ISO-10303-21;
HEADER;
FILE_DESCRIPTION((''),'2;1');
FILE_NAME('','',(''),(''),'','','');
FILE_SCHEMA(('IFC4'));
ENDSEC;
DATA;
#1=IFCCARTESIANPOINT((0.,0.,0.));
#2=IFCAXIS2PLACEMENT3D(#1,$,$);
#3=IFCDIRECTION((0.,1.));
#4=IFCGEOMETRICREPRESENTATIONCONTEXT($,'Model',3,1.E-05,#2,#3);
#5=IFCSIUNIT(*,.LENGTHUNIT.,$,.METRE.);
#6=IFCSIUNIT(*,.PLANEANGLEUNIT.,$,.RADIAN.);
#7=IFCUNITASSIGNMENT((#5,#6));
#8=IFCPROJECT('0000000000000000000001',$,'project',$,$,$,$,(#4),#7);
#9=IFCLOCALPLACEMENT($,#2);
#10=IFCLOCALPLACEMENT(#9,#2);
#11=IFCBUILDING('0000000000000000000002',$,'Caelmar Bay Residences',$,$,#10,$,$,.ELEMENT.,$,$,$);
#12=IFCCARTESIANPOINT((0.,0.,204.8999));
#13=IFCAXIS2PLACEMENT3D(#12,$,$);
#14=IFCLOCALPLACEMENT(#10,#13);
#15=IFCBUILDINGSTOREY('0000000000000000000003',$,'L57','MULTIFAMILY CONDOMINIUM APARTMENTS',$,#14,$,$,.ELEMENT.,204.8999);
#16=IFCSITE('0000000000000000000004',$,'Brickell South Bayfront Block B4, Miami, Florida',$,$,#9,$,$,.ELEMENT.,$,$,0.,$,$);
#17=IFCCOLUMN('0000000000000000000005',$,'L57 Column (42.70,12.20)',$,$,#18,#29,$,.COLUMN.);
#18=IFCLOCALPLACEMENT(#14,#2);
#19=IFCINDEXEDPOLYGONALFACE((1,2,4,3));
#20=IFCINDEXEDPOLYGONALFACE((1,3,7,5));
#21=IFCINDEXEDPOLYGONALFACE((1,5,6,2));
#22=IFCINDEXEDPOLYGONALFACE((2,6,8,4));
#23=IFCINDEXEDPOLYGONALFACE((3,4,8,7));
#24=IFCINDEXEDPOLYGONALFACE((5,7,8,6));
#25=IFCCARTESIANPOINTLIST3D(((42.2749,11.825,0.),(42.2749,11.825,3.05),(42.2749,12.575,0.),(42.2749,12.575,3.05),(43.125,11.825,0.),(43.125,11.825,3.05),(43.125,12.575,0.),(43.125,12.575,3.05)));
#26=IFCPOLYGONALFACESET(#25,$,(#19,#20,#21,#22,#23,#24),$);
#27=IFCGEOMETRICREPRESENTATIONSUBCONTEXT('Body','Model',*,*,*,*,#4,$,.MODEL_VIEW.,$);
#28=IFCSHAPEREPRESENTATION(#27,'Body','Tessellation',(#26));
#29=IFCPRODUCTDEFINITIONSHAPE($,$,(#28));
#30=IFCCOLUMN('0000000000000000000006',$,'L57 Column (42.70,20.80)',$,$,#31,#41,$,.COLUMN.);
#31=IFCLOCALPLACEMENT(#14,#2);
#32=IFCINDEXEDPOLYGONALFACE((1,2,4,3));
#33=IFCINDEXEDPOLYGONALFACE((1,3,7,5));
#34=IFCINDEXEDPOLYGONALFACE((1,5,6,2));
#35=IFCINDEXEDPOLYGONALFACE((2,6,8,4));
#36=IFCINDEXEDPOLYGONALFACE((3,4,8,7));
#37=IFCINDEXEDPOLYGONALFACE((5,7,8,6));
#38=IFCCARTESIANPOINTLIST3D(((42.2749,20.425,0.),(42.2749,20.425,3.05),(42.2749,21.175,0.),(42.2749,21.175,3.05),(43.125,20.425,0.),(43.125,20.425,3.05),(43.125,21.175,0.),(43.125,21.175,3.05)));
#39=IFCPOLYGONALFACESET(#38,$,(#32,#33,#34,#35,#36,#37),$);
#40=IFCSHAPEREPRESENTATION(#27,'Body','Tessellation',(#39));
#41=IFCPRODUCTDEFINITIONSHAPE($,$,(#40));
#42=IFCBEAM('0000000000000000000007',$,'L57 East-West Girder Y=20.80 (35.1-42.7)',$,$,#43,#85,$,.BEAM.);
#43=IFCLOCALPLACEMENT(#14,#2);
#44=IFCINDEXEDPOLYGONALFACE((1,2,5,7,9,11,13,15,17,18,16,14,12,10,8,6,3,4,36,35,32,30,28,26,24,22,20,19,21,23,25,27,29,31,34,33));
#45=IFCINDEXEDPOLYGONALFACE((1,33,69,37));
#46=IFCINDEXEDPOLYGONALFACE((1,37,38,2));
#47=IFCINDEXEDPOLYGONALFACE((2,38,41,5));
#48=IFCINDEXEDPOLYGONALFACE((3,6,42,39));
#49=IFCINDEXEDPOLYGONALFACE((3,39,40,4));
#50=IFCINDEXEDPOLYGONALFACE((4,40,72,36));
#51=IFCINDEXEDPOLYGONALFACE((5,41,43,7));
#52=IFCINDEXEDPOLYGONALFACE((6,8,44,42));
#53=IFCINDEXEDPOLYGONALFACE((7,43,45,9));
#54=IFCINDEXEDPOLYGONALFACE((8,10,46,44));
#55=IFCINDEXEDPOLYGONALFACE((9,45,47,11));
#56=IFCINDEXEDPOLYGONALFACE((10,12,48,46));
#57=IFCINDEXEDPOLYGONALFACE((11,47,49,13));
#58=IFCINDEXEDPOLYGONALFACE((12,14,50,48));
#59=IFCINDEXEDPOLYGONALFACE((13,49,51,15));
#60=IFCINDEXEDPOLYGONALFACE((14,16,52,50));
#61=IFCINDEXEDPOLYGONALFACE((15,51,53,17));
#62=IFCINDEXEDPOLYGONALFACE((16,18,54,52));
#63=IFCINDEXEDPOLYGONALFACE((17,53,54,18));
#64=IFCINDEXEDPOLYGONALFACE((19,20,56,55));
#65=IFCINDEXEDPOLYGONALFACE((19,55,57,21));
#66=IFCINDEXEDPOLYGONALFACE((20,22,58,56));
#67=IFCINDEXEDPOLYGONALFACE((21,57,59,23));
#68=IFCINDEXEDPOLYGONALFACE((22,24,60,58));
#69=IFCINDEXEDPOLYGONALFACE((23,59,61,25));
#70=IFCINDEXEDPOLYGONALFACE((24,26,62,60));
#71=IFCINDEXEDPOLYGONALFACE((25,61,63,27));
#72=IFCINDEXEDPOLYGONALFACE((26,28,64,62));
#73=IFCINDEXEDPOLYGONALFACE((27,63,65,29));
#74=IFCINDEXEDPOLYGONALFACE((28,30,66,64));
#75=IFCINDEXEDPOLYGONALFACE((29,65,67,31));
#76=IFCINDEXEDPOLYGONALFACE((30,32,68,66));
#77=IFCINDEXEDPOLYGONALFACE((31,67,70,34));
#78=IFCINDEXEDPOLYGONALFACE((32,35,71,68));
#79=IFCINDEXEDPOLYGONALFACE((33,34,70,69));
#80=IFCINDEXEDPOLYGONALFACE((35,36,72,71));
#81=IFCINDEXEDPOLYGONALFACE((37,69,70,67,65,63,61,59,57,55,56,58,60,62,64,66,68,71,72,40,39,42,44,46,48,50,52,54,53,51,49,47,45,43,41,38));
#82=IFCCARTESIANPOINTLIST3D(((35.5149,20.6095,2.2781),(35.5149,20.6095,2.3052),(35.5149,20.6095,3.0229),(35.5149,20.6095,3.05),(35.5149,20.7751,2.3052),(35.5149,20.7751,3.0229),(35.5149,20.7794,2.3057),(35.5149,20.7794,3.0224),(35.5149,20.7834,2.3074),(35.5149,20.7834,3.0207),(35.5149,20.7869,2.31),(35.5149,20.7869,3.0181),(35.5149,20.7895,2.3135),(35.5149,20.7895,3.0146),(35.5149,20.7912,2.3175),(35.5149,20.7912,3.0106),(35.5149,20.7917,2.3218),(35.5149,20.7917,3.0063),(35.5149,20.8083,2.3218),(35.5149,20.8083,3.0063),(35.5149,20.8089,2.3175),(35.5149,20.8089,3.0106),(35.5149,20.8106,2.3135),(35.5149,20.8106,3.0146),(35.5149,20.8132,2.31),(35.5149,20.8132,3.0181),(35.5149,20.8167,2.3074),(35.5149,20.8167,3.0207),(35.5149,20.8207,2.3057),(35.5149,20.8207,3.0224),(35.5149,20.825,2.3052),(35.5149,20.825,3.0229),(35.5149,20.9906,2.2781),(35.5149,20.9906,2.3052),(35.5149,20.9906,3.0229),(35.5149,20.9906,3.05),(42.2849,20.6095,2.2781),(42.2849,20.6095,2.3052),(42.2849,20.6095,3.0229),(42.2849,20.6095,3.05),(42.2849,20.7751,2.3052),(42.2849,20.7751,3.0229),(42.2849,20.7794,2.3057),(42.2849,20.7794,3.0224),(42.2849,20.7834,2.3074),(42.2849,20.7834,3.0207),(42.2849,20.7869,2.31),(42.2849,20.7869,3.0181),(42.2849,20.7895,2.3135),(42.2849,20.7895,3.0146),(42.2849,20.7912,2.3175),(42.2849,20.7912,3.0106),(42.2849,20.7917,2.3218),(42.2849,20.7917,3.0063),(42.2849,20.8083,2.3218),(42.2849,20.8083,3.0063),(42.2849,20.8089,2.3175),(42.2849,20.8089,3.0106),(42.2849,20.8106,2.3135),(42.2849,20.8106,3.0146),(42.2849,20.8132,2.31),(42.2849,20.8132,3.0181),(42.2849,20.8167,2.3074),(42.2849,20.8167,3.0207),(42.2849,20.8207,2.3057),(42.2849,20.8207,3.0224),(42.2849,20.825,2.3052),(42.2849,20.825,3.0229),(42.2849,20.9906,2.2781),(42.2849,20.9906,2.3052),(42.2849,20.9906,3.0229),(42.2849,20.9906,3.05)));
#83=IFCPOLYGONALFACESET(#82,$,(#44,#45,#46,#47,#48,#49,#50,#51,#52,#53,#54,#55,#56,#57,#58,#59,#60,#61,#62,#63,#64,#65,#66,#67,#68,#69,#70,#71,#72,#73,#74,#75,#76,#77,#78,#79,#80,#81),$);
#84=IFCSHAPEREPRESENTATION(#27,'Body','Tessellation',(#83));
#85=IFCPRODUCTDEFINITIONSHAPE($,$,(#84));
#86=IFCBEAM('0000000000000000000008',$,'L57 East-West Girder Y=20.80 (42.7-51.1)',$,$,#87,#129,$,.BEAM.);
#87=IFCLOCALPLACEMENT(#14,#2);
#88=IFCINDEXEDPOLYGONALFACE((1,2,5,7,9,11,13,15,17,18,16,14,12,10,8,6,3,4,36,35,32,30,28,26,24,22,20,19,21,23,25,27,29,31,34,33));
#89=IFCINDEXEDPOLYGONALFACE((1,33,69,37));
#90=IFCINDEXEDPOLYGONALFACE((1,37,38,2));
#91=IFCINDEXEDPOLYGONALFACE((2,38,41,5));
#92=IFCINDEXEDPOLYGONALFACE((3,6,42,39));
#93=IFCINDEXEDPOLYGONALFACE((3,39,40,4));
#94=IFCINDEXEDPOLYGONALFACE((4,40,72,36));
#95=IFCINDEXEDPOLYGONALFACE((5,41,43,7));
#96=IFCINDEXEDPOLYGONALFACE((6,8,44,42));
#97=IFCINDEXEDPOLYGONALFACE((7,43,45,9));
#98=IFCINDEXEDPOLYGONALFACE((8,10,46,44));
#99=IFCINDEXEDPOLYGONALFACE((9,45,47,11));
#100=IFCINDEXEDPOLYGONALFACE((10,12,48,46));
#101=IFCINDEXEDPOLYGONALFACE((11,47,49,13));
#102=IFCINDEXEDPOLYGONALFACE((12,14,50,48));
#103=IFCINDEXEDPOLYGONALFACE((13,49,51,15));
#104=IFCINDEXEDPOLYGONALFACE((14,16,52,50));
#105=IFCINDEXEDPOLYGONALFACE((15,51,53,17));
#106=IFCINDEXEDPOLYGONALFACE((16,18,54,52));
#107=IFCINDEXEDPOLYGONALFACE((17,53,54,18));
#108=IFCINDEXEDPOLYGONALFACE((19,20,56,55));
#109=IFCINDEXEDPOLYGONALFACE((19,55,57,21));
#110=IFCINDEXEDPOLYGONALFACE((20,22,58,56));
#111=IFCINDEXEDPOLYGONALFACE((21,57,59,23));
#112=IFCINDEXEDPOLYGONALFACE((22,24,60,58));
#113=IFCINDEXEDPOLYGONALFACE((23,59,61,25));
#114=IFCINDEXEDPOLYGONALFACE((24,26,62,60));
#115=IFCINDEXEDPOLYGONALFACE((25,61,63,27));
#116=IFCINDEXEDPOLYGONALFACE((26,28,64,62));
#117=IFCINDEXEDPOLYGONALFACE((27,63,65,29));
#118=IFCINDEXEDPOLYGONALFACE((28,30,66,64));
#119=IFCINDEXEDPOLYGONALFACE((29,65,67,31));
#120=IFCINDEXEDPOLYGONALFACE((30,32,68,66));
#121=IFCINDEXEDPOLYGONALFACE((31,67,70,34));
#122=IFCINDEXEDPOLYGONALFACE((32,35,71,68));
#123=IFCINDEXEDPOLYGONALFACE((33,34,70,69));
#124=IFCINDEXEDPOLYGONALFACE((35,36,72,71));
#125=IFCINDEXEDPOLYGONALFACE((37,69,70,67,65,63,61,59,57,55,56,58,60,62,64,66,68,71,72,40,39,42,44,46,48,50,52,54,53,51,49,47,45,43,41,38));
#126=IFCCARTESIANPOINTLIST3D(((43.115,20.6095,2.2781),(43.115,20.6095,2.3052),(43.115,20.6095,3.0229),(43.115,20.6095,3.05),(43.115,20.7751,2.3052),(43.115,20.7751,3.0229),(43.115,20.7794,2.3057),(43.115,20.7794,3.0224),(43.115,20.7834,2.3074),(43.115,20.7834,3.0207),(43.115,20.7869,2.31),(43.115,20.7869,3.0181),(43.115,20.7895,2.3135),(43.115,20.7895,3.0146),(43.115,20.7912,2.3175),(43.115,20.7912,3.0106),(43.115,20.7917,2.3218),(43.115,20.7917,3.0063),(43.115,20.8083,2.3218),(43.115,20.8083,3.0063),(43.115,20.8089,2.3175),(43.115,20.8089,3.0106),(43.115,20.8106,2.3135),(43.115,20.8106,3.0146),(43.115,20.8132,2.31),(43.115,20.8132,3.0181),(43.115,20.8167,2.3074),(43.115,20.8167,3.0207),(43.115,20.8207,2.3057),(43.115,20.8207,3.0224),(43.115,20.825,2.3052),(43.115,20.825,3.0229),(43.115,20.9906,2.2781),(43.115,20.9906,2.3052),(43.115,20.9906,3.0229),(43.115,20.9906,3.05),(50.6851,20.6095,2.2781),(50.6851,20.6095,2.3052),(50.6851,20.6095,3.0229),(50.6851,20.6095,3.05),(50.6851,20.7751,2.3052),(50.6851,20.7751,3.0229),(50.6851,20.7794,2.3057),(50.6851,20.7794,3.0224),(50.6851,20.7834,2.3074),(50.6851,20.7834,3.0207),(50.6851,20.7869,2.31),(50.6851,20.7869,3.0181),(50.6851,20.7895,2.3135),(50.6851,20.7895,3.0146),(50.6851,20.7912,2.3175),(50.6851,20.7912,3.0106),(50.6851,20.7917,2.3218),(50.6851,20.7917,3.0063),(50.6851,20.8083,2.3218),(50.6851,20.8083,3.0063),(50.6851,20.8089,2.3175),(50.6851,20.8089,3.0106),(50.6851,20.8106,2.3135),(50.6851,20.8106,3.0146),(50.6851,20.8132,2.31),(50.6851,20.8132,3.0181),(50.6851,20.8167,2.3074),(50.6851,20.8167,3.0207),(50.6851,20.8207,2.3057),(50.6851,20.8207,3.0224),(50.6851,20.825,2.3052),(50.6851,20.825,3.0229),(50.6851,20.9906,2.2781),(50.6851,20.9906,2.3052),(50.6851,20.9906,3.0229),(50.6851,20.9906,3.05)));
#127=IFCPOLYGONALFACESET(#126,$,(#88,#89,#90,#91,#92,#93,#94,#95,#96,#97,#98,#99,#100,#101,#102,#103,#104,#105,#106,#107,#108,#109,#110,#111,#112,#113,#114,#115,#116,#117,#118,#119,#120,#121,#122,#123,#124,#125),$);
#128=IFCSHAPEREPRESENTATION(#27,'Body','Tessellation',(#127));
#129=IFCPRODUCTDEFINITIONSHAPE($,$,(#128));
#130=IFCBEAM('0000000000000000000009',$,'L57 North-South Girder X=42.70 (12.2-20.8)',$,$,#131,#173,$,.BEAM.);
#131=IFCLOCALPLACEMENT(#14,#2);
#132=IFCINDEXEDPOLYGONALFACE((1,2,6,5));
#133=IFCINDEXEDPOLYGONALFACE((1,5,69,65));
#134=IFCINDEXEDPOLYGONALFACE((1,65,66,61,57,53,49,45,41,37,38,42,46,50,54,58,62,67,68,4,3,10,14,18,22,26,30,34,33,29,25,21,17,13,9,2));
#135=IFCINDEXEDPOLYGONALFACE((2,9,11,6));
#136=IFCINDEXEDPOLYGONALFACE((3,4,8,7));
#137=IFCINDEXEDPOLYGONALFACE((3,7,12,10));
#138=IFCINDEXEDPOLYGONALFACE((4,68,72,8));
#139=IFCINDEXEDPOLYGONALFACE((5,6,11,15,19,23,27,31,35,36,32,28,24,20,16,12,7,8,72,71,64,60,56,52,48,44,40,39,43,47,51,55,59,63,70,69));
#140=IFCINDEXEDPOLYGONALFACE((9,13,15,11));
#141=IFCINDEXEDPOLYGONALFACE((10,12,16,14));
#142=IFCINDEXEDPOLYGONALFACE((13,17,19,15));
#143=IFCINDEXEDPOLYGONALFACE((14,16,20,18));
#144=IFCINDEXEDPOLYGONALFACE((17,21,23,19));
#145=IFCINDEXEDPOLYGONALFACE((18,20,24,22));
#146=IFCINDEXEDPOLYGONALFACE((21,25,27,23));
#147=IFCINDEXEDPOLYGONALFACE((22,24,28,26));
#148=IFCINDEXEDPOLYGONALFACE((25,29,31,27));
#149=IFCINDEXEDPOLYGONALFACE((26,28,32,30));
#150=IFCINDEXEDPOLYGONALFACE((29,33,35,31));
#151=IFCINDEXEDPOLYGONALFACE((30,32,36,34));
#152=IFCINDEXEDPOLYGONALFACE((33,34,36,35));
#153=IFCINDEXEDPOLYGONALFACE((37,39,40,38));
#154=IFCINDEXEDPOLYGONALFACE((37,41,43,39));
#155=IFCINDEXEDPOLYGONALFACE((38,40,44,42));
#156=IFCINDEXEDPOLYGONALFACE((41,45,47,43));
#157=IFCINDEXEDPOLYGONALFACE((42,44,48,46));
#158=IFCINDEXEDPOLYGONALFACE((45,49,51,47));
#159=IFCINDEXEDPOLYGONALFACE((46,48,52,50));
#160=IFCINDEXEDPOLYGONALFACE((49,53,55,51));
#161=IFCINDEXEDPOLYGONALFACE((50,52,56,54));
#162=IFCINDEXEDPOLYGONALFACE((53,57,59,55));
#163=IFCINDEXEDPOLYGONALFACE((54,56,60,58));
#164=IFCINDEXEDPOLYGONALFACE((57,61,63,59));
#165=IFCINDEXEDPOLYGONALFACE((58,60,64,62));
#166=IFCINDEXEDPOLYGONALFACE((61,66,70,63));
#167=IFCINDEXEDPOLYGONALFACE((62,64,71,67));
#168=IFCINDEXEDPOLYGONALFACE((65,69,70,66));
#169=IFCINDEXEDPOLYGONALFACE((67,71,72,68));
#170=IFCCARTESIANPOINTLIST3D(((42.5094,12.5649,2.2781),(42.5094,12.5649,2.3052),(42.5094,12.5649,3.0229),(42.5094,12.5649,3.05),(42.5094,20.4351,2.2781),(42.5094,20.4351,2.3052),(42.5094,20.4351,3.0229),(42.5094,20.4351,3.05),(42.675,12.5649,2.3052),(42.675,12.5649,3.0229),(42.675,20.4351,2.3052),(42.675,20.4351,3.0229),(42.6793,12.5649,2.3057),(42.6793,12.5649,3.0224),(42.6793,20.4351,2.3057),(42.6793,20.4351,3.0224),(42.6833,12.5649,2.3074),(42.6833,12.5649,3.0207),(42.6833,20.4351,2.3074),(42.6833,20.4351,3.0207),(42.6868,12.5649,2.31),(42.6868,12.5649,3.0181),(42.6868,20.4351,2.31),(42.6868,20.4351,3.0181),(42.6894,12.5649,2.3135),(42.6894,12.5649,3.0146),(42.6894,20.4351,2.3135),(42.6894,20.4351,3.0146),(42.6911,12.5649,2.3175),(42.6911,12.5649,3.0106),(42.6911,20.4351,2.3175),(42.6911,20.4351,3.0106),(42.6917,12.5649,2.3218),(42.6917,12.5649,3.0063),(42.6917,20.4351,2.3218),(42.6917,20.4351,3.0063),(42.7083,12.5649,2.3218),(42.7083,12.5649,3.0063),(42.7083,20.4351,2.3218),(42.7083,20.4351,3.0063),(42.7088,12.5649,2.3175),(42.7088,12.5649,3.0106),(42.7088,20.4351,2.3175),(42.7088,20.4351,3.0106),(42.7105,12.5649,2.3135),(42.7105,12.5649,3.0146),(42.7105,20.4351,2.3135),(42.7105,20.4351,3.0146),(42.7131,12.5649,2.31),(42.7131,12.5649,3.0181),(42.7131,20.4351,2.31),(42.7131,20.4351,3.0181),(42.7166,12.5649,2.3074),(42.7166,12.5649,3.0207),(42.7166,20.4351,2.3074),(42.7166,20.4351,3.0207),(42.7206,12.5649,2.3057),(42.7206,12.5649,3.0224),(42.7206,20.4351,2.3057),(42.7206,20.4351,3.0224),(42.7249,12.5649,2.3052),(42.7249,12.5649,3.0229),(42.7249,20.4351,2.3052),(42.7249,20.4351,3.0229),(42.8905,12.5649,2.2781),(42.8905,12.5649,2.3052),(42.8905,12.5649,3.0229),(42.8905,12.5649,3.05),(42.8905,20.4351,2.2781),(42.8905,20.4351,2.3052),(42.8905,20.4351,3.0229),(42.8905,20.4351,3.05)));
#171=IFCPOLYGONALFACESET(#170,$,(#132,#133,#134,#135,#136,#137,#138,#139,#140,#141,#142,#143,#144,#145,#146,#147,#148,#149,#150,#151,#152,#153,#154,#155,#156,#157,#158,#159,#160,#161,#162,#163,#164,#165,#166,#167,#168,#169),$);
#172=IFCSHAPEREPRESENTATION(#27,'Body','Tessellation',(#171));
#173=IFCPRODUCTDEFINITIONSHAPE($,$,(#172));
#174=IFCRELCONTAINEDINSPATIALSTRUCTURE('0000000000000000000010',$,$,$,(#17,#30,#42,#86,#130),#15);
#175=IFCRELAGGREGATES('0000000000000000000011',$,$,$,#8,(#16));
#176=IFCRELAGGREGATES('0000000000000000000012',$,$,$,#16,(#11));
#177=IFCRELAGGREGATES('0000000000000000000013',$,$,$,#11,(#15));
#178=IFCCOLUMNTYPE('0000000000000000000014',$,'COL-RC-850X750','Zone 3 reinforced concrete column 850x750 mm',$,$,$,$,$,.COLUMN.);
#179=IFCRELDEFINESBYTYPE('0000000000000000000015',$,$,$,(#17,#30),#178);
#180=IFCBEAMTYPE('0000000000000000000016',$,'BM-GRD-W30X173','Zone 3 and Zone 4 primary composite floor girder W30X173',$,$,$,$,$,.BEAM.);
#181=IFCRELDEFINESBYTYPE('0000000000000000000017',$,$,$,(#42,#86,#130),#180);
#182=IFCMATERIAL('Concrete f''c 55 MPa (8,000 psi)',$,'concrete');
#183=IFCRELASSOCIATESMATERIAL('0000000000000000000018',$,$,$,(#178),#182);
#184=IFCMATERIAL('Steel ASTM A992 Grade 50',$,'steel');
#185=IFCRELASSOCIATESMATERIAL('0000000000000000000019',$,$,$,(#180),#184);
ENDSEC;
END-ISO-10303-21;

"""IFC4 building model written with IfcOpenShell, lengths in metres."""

from ifc_helpers import new_model, si_unit, direction, frame, origin, origin_2d, place, context, subcontext, project, spatial, rectangle, i_section, extrude, material, material_profile, profile_set, type_object, element, save


model = new_model("IFC4")

# Units and contexts
model_context = context("Model", 3, precision=1e-05, world=origin(), true_north=direction((0.0, 1.0)))
body_context = subcontext(model_context, "Body", "Model", "MODEL_VIEW")
ifc_project = project(units=[si_unit("LENGTHUNIT", "METRE"), si_unit("PLANEANGLEUNIT", "RADIAN")], contexts=[model_context])

# Site, building, storey
site_placement = place(None, origin())
site = spatial("IfcSite", under=ifc_project, at=site_placement, Name="Brickell South Bayfront Block B4, Miami, Florida", CompositionType="ELEMENT", RefElevation=0.0)
building_placement = place(site_placement, origin())
building = spatial("IfcBuilding", under=site, at=building_placement, Name="Caelmar Bay Residences", CompositionType="ELEMENT")
storey_placement = place(building_placement, frame((0.0, 0.0, 204.8999)))
storey = spatial("IfcBuildingStorey", under=building, at=storey_placement, Name="L57", Description="MULTIFAMILY CONDOMINIUM APARTMENTS", CompositionType="ELEMENT", Elevation=204.8999)

# Columns
ifc_material_1 = material(Name="Concrete f'c 55 MPa (8,000 psi)", Category="concrete")
ifc_material_profile_1 = material_profile(ifc_material_1, rectangle(XDim=0.8501, YDim=0.75, at=origin_2d()), Name="RC-COL-850X750")
ifc_profile_set_1 = profile_set([ifc_material_profile_1], Name="Concrete f'c 55 MPa (8,000 psi)")
column_type = type_object("IfcColumnType", Name="COL-RC-850X750", Description="Zone 3 reinforced concrete column 850x750 mm", PredefinedType="COLUMN", material=ifc_profile_set_1)
for number, where, z_axis, x_axis, name in (
    (1, (42.7, 12.2, 0.0), (0.0, 0.0, 1.0), (1.0, 0.0, 0.0), "L57 Column (42.70,12.20)"),
    (2, (42.7, 20.8, 0.0), (0.0, 0.0, 1.0), (1.0, 0.0, 0.0), "L57 Column (42.70,20.80)"),
):
    element("IfcColumn", number, at=place(storey_placement, frame(where, z_axis=z_axis, x_axis=x_axis)), inside=storey, type_object=column_type, Name=name, PredefinedType="COLUMN", context=body_context, shape_type="SweptSolid", body=[
        extrude(rectangle(XDim=0.8501, YDim=0.75, at=origin_2d()), origin(), (0.0, 0.0, 1.0), 3.05),
    ])

# Beams
ifc_material_2 = material(Name="Steel ASTM A992 Grade 50", Category="steel")
ifc_material_profile_2 = material_profile(ifc_material_2, i_section(OverallWidth=0.3811, OverallDepth=0.772, WebThickness=0.0166, FlangeThickness=0.0271, FilletRadius=0.0166, at=origin_2d()), Name="W30X173")
ifc_profile_set_2 = profile_set([ifc_material_profile_2], Name="Steel ASTM A992 Grade 50")
beam_type_1 = type_object("IfcBeamType", Name="BM-GRD-W30X173", Description="Zone 3 and Zone 4 primary composite floor girder W30X173", PredefinedType="BEAM", material=ifc_profile_set_2)
beam_1_placement = place(storey_placement, frame((35.5149, 20.8, 2.6641), z_axis=(1.0, 0.0, 0.0), x_axis=(0.0, 1.0, 0.0)))
element("IfcBeam", 3, at=beam_1_placement, inside=storey, type_object=beam_type_1, Name="L57 East-West Girder Y=20.80 (35.1-42.7)", PredefinedType="BEAM", context=body_context, shape_type="SweptSolid", body=[
    extrude(i_section(OverallWidth=0.3811, OverallDepth=0.772, WebThickness=0.0166, FlangeThickness=0.0271, FilletRadius=0.0166, at=origin_2d()), origin(), (0.0, 0.0, 1.0), 6.77),
])
beam_2_placement = place(storey_placement, frame((43.115, 20.8, 2.6641), z_axis=(1.0, 0.0, 0.0), x_axis=(0.0, 1.0, 0.0)))
element("IfcBeam", 4, at=beam_2_placement, inside=storey, type_object=beam_type_1, Name="L57 East-West Girder Y=20.80 (42.7-51.1)", PredefinedType="BEAM", context=body_context, shape_type="SweptSolid", body=[
    extrude(i_section(OverallWidth=0.3811, OverallDepth=0.772, WebThickness=0.0166, FlangeThickness=0.0271, FilletRadius=0.0166, at=origin_2d()), origin(), (0.0, 0.0, 1.0), 7.5701),
])
beam_3_placement = place(storey_placement, frame((42.7, 12.5649, 2.6641), z_axis=(0.0, 1.0, 0.0), x_axis=(-1.0, 0.0, 0.0)))
element("IfcBeam", 5, at=beam_3_placement, inside=storey, type_object=beam_type_1, Name="L57 North-South Girder X=42.70 (12.2-20.8)", PredefinedType="BEAM", context=body_context, shape_type="SweptSolid", body=[
    extrude(i_section(OverallWidth=0.3811, OverallDepth=0.772, WebThickness=0.0166, FlangeThickness=0.0271, FilletRadius=0.0166, at=origin_2d()), origin(), (0.0, 0.0, 1.0), 7.8701),
])

save(model, "model.ifc")
